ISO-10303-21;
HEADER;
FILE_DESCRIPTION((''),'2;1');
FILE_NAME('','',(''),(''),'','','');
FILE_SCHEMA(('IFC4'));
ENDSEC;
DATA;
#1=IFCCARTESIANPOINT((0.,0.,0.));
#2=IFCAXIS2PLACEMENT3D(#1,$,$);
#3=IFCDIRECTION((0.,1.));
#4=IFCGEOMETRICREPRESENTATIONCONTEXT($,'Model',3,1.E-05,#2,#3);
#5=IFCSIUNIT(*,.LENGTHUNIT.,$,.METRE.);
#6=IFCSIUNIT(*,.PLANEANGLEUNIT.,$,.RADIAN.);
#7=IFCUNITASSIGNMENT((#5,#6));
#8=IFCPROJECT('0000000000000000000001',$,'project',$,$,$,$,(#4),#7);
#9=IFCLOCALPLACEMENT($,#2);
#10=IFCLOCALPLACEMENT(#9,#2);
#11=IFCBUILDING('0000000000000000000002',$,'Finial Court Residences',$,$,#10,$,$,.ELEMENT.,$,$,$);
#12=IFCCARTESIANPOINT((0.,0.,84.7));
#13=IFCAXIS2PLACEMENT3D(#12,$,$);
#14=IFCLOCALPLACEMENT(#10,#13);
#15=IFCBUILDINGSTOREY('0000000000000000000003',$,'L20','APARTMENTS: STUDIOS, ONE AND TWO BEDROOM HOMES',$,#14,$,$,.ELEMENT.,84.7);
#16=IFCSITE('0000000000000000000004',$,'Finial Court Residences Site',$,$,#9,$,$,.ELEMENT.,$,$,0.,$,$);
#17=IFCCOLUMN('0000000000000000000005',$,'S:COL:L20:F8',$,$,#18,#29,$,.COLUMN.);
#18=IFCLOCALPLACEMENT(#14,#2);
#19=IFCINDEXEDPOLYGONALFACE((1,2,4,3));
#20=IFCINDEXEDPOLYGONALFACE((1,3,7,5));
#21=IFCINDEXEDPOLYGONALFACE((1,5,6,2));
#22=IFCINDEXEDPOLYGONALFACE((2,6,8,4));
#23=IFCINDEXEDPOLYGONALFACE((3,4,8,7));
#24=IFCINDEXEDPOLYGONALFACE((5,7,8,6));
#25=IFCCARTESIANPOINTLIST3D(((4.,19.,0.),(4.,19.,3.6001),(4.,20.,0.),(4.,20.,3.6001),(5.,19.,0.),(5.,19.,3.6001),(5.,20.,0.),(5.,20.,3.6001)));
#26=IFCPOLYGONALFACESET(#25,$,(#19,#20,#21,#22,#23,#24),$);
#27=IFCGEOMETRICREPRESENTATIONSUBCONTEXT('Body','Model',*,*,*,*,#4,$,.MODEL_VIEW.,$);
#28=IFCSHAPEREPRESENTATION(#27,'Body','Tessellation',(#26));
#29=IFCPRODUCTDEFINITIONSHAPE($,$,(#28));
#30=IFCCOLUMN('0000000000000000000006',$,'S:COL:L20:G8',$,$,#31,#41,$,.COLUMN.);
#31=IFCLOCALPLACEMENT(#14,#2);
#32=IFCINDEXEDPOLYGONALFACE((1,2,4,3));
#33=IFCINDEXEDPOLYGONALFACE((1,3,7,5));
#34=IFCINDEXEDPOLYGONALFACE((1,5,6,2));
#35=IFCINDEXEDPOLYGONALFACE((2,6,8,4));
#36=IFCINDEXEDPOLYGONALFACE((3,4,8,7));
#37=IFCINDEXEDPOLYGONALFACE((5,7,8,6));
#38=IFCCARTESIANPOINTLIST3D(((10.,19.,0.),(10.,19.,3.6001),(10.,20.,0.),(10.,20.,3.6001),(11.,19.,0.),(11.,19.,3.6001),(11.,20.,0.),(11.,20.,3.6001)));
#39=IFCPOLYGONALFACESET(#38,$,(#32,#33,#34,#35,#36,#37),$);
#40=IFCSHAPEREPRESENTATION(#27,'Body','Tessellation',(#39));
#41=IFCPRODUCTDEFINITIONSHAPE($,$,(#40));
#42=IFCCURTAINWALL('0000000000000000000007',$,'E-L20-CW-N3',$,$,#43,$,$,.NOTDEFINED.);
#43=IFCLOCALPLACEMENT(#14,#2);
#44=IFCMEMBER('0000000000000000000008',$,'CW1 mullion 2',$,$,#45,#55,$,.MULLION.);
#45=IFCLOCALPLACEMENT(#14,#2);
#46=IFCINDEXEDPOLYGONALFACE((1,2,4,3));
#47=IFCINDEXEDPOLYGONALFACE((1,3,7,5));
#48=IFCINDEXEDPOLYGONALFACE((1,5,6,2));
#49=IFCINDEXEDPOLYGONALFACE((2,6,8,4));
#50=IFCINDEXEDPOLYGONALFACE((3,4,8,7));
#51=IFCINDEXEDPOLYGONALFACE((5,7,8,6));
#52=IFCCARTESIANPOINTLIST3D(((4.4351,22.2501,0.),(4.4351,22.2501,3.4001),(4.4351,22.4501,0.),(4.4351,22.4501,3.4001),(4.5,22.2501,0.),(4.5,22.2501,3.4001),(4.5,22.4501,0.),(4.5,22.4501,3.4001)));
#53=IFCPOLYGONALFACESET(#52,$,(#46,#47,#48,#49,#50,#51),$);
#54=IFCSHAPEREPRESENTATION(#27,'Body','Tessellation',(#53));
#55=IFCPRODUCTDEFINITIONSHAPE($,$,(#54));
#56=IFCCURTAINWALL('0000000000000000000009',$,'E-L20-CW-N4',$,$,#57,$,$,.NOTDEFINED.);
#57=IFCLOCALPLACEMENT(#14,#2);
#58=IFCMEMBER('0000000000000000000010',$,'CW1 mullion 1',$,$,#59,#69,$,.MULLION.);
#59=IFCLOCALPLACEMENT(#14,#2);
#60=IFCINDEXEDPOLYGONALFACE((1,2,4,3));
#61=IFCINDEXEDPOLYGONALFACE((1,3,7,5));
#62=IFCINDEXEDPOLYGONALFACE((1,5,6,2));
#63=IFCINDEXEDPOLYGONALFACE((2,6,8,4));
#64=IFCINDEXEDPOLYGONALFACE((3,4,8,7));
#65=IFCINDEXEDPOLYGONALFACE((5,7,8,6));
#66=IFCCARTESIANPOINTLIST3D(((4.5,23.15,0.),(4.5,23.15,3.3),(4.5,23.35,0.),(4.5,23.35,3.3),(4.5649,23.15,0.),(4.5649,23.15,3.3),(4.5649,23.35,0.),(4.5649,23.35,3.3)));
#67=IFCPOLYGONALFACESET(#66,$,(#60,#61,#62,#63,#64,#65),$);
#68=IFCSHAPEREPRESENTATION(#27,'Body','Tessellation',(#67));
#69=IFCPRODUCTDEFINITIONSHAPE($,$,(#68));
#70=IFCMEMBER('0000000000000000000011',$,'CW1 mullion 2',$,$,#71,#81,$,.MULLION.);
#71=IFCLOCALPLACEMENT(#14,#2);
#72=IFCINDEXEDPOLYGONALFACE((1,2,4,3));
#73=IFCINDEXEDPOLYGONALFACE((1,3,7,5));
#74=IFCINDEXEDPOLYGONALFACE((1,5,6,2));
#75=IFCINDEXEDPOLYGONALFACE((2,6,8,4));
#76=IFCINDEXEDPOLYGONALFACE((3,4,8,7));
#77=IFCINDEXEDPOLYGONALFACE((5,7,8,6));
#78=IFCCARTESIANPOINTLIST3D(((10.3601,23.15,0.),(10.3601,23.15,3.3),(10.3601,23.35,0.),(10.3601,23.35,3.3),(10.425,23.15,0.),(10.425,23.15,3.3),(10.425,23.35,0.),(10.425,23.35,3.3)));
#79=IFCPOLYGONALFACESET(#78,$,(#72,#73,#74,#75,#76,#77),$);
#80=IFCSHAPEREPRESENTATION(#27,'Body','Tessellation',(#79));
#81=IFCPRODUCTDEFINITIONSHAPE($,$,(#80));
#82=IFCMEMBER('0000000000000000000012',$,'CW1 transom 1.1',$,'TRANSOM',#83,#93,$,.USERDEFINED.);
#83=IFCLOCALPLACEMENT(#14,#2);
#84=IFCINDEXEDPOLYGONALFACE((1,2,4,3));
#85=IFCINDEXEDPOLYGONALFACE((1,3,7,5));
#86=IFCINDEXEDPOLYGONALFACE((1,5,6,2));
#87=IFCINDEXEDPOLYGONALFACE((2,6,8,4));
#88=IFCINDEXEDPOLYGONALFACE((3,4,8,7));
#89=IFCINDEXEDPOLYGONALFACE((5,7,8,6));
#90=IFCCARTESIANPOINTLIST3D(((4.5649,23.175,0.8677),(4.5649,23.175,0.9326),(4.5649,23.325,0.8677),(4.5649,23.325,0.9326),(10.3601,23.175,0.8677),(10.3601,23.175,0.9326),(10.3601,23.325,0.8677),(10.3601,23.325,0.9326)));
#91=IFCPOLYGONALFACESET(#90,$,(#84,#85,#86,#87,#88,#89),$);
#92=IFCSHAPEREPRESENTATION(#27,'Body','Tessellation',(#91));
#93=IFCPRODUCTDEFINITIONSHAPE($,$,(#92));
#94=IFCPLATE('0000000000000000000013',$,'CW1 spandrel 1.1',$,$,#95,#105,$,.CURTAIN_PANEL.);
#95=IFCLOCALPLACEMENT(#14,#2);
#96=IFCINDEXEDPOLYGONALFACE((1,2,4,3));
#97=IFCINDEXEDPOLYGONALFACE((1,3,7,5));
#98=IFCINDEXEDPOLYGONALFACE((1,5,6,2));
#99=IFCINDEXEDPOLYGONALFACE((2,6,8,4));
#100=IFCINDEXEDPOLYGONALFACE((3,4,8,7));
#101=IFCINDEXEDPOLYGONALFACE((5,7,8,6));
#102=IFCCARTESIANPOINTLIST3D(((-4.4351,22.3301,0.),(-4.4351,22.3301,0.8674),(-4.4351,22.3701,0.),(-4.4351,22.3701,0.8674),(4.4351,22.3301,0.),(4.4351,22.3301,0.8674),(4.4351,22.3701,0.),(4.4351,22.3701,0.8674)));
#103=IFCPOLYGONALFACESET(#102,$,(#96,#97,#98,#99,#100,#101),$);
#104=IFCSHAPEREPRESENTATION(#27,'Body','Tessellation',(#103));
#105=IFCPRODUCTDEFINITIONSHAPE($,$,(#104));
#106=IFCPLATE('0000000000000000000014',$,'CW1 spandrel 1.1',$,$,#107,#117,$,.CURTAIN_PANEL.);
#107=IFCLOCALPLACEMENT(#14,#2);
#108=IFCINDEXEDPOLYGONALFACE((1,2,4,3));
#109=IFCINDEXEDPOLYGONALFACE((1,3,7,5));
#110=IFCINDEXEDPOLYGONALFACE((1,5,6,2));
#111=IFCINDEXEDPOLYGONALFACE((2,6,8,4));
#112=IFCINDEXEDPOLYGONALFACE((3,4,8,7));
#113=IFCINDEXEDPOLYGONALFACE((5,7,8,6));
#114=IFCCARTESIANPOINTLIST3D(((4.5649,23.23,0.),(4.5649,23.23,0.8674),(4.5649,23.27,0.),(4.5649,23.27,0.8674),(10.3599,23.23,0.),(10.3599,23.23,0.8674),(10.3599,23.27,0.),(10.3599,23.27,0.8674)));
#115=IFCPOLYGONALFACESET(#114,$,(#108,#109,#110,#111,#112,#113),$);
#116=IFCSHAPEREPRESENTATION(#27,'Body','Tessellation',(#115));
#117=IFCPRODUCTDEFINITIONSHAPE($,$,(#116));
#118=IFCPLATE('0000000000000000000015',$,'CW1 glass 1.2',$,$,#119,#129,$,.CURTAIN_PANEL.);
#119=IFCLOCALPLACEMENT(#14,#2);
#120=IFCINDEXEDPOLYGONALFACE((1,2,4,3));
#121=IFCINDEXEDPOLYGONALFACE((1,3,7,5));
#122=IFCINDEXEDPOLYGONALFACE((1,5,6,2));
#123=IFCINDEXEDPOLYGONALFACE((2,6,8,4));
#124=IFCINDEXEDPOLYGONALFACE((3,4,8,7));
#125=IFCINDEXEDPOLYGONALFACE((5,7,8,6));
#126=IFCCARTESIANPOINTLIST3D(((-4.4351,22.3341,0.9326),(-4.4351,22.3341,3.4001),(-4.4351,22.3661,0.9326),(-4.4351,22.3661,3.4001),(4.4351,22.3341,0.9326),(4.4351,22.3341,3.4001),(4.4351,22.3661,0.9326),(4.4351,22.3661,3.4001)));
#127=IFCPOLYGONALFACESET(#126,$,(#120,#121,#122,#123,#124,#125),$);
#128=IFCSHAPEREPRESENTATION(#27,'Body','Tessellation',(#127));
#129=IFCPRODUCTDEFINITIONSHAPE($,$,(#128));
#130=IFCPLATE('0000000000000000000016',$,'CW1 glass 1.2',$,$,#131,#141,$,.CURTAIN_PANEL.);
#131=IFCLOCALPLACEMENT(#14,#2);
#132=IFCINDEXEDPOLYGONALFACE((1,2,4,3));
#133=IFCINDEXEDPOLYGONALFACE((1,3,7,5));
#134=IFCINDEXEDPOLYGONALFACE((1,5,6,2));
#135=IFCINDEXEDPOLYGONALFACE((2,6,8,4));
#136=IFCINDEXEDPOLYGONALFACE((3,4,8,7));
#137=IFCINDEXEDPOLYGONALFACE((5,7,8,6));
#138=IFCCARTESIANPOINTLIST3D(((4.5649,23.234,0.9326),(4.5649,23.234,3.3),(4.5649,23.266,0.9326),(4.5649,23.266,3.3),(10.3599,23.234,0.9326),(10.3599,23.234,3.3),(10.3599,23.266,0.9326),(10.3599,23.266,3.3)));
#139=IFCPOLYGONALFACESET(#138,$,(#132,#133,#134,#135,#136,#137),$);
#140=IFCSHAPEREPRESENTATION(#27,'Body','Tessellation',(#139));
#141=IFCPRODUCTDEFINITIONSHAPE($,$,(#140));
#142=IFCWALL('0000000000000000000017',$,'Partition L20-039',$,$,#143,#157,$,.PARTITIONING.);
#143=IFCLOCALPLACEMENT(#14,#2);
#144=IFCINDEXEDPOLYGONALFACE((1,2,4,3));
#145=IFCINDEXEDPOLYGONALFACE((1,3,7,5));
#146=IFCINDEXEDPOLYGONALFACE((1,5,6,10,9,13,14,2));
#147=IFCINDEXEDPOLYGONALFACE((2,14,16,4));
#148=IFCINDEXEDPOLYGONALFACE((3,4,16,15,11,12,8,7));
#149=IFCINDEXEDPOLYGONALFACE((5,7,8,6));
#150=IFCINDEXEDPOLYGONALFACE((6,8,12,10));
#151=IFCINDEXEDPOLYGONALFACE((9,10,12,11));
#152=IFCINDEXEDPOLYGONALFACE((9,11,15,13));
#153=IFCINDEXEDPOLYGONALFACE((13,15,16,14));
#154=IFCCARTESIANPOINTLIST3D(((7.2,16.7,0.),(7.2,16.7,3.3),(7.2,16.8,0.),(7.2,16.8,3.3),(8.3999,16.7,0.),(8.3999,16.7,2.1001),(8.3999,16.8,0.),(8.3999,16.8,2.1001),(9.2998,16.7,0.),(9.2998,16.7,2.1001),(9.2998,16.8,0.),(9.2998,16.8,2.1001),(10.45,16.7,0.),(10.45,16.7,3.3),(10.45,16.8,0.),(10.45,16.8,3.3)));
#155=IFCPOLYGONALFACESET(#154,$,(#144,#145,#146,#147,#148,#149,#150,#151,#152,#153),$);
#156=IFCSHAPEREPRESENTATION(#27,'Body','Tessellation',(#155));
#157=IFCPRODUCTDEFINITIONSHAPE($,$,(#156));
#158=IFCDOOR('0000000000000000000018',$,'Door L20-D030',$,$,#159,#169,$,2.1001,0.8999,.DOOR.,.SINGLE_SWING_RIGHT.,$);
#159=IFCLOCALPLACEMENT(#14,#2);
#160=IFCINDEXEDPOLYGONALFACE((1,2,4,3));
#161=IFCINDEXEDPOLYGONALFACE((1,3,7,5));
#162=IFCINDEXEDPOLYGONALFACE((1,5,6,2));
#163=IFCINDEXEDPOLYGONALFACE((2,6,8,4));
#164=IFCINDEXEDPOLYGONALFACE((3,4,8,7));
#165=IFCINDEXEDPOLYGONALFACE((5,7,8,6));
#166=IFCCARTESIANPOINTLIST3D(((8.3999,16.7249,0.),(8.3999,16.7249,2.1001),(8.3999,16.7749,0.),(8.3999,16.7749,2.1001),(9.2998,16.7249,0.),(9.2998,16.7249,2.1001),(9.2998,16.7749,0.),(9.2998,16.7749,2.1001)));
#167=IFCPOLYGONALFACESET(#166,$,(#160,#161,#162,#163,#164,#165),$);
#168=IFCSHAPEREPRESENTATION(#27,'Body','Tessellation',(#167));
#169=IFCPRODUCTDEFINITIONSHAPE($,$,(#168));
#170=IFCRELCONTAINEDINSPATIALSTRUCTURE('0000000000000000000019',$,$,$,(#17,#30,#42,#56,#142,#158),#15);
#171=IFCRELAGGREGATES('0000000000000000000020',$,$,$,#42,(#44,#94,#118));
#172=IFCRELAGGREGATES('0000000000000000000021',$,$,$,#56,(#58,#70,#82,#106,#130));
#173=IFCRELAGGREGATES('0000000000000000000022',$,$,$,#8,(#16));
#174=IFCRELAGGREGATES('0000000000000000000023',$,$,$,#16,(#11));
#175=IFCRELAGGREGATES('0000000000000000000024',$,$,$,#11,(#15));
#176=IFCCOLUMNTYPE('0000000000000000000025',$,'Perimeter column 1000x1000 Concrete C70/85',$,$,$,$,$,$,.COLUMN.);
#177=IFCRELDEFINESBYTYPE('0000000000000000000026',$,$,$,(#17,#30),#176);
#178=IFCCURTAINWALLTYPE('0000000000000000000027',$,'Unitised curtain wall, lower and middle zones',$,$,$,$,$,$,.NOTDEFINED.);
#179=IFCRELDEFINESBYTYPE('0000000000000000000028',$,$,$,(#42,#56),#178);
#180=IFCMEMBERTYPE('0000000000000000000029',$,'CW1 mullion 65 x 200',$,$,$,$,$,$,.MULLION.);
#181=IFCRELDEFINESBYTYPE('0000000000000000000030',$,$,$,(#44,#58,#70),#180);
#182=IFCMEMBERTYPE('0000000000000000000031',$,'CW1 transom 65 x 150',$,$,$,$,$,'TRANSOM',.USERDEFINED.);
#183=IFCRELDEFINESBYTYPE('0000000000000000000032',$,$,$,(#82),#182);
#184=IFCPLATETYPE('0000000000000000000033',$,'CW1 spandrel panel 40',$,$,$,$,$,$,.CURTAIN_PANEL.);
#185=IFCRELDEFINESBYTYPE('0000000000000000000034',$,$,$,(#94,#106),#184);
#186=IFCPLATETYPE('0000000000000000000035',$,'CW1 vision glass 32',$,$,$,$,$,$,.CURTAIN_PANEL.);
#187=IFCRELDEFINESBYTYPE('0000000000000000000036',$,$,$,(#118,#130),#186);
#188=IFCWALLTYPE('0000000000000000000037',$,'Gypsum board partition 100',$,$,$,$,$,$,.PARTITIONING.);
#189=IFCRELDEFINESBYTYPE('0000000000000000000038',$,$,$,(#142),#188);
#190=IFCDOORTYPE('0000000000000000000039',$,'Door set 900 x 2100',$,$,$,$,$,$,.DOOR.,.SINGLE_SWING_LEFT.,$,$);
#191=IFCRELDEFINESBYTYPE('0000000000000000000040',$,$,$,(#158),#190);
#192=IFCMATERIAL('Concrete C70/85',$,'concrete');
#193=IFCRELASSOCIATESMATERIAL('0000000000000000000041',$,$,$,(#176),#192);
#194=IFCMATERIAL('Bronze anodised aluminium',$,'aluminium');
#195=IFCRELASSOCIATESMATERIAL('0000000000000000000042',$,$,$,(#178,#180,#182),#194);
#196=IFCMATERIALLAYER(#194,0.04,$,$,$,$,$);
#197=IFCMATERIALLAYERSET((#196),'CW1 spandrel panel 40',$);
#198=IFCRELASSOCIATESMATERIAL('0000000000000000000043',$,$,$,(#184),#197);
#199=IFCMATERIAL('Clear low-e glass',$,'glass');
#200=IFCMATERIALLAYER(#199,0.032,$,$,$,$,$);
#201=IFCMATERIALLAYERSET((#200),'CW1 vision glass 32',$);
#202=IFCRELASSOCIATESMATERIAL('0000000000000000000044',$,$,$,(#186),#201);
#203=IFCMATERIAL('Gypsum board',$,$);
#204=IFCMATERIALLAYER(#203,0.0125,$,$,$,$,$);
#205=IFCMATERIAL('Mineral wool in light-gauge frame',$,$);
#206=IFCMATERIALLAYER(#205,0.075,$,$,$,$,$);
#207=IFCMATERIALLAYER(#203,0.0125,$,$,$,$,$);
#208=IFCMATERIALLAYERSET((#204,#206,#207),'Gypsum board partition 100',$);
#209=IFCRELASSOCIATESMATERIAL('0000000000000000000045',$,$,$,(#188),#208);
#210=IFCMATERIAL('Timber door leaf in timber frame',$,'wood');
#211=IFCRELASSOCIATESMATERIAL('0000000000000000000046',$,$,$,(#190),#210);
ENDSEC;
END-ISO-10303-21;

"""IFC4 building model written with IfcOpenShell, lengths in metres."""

from ifc_helpers import new_model, si_unit, direction, frame, frame_2d, origin, origin_2d, place, context, subcontext, project, spatial, rectangle, extrude, material, layer, layer_set, material_profile, profile_set, type_object, element, fill, aggregate, save


model = new_model("IFC4")

# Units and contexts
model_context = context("Model", 3, precision=1e-05, world=origin(), true_north=direction((0.0, 1.0)))
body_context = subcontext(model_context, "Body", "Model", "MODEL_VIEW")
ifc_project = project(units=[si_unit("LENGTHUNIT", "METRE"), si_unit("PLANEANGLEUNIT", "RADIAN")], contexts=[model_context])

# Site, building, storey
site_placement = place(None, origin())
site = spatial("IfcSite", under=ifc_project, at=site_placement, Name="Finial Court Residences Site", CompositionType="ELEMENT", RefElevation=0.0)
building_placement = place(site_placement, origin())
building = spatial("IfcBuilding", under=site, at=building_placement, Name="Finial Court Residences", CompositionType="ELEMENT")
storey_placement = place(building_placement, frame((0.0, 0.0, 84.7)))
storey = spatial("IfcBuildingStorey", under=building, at=storey_placement, Name="L20", Description="APARTMENTS: STUDIOS, ONE AND TWO BEDROOM HOMES", CompositionType="ELEMENT", Elevation=84.7)

# Columns
ifc_material_1 = material(Name="Concrete C70/85", Category="concrete")
ifc_material_profile_1 = material_profile(ifc_material_1, rectangle(XDim=1.0, YDim=1.0, at=origin_2d()), Name="1000x1000")
ifc_profile_set_1 = profile_set([ifc_material_profile_1], Name="Concrete C70/85")
column_type = type_object("IfcColumnType", Name="Perimeter column 1000x1000 Concrete C70/85", PredefinedType="COLUMN", material=ifc_profile_set_1)
for number, where, z_axis, x_axis, name in (
    (1, (4.5, 19.5, 0.0), (0.0, 0.0, 1.0), (1.0, 0.0, 0.0), "S:COL:L20:F8"),
    (2, (10.5, 19.5, 0.0), (0.0, 0.0, 1.0), (1.0, 0.0, 0.0), "S:COL:L20:G8"),
):
    element("IfcColumn", number, at=place(storey_placement, frame(where, z_axis=z_axis, x_axis=x_axis)), inside=storey, type_object=column_type, Name=name, PredefinedType="COLUMN", context=body_context, shape_type="SweptSolid", body=[
        extrude(rectangle(XDim=1.0, YDim=1.0, at=origin_2d()), origin(), (0.0, 0.0, 1.0), 3.6001),
    ])

# Curtain wall, member
ifc_material_2 = material(Name="Bronze anodised aluminium", Category="aluminium")
curtain_wall_type = type_object("IfcCurtainWallType", Name="Unitised curtain wall, lower and middle zones", PredefinedType="NOTDEFINED", material=ifc_material_2)
curtain_wall_1_placement = place(storey_placement, origin())
curtain_wall_1 = element("IfcCurtainWall", 3, at=curtain_wall_1_placement, inside=storey, type_object=curtain_wall_type, Name="E-L20-CW-N3", PredefinedType="NOTDEFINED")
ifc_material_profile_2 = material_profile(ifc_material_2, rectangle(XDim=0.2, YDim=0.0649, at=origin_2d()), Name="CW1 mullion 65 x 200")
ifc_profile_set_2 = profile_set([ifc_material_profile_2], Name="Bronze anodised aluminium")
member_type_1 = type_object("IfcMemberType", Name="CW1 mullion 65 x 200", PredefinedType="MULLION", material=ifc_profile_set_2)
member_1_placement = place(storey_placement, frame((4.4675, 22.3501, 0.0), z_axis=(0.0, 0.0, 1.0), x_axis=(0.0, 1.0, 0.0)))
member_1 = element("IfcMember", 4, at=member_1_placement, type_object=member_type_1, Name="CW1 mullion 2", PredefinedType="MULLION", context=body_context, shape_type="SweptSolid", body=[
    extrude(rectangle(XDim=0.2, YDim=0.0649, at=origin_2d()), origin(), (0.0, 0.0, 1.0), 3.4001),
])

# Curtain wall, members
curtain_wall_2_placement = place(storey_placement, origin())
curtain_wall_2 = element("IfcCurtainWall", 5, at=curtain_wall_2_placement, inside=storey, type_object=curtain_wall_type, Name="E-L20-CW-N4", PredefinedType="NOTDEFINED")
member_2_placement = place(storey_placement, frame((4.5325, 23.25, 0.0), z_axis=(0.0, 0.0, 1.0), x_axis=(0.0, 1.0, 0.0)))
member_2 = element("IfcMember", 6, at=member_2_placement, type_object=member_type_1, Name="CW1 mullion 1", PredefinedType="MULLION", context=body_context, shape_type="SweptSolid", body=[
    extrude(rectangle(XDim=0.2, YDim=0.0649, at=origin_2d()), origin(), (0.0, 0.0, 1.0), 3.3),
])
member_3_placement = place(storey_placement, frame((10.3926, 23.25, 0.0), z_axis=(0.0, 0.0, 1.0), x_axis=(0.0, 1.0, 0.0)))
member_3 = element("IfcMember", 7, at=member_3_placement, type_object=member_type_1, Name="CW1 mullion 2", PredefinedType="MULLION", context=body_context, shape_type="SweptSolid", body=[
    extrude(rectangle(XDim=0.2, YDim=0.0649, at=origin_2d()), origin(), (0.0, 0.0, 1.0), 3.3),
])
ifc_material_profile_3 = material_profile(ifc_material_2, rectangle(XDim=0.1499, YDim=0.0649, at=origin_2d()), Name="CW1 transom 65 x 150")
ifc_profile_set_3 = profile_set([ifc_material_profile_3], Name="Bronze anodised aluminium")
member_type_2 = type_object("IfcMemberType", Name="CW1 transom 65 x 150", ElementType="TRANSOM", PredefinedType="USERDEFINED", material=ifc_profile_set_3)
member_4_placement = place(storey_placement, frame((4.5649, 23.25, 0.9001), z_axis=(1.0, 0.0, 0.0), x_axis=(0.0, 1.0, 0.0)))
member_4 = element("IfcMember", 8, at=member_4_placement, type_object=member_type_2, Name="CW1 transom 1.1", ObjectType="TRANSOM", PredefinedType="USERDEFINED", context=body_context, shape_type="SweptSolid", body=[
    extrude(rectangle(XDim=0.1499, YDim=0.0649, at=origin_2d()), origin(), (0.0, 0.0, 1.0), 5.7952),
])

# Plates
ifc_layer_1 = layer(ifc_material_2, 0.04)
ifc_layer_set_1 = layer_set([ifc_layer_1], Name="CW1 spandrel panel 40")
plate_type_1 = type_object("IfcPlateType", Name="CW1 spandrel panel 40", PredefinedType="CURTAIN_PANEL", material=ifc_layer_set_1)
plate_1_placement = place(storey_placement, frame((0.0, 22.3501, 0.0), z_axis=(0.0, 0.0, 1.0), x_axis=(1.0, 0.0, 0.0)))
plate_1 = element("IfcPlate", 9, at=plate_1_placement, type_object=plate_type_1, Name="CW1 spandrel 1.1", PredefinedType="CURTAIN_PANEL", context=body_context, shape_type="SweptSolid", body=[
    extrude(rectangle(XDim=8.8701, YDim=0.04, at=origin_2d()), origin(), (0.0, 0.0, 1.0), 0.8674),
])
plate_2_placement = place(storey_placement, frame((7.4624, 23.25, 0.0), z_axis=(0.0, 0.0, 1.0), x_axis=(1.0, 0.0, 0.0)))
plate_2 = element("IfcPlate", 10, at=plate_2_placement, type_object=plate_type_1, Name="CW1 spandrel 1.1", PredefinedType="CURTAIN_PANEL", context=body_context, shape_type="SweptSolid", body=[
    extrude(rectangle(XDim=5.7949, YDim=0.04, at=origin_2d()), origin(), (0.0, 0.0, 1.0), 0.8674),
])
ifc_material_3 = material(Name="Clear low-e glass", Category="glass")
ifc_layer_2 = layer(ifc_material_3, 0.032)
ifc_layer_set_2 = layer_set([ifc_layer_2], Name="CW1 vision glass 32")
plate_type_2 = type_object("IfcPlateType", Name="CW1 vision glass 32", PredefinedType="CURTAIN_PANEL", material=ifc_layer_set_2)
plate_3_placement = place(storey_placement, frame((0.0, 22.3501, 0.9326), z_axis=(0.0, 0.0, 1.0), x_axis=(1.0, 0.0, 0.0)))
plate_3 = element("IfcPlate", 11, at=plate_3_placement, type_object=plate_type_2, Name="CW1 glass 1.2", PredefinedType="CURTAIN_PANEL", context=body_context, shape_type="SweptSolid", body=[
    extrude(rectangle(XDim=8.8701, YDim=0.032, at=origin_2d()), origin(), (0.0, 0.0, 1.0), 2.4675),
])
aggregate(curtain_wall_1, [member_1, plate_1, plate_3])
plate_4_placement = place(storey_placement, frame((7.4624, 23.25, 0.9326), z_axis=(0.0, 0.0, 1.0), x_axis=(1.0, 0.0, 0.0)))
plate_4 = element("IfcPlate", 12, at=plate_4_placement, type_object=plate_type_2, Name="CW1 glass 1.2", PredefinedType="CURTAIN_PANEL", context=body_context, shape_type="SweptSolid", body=[
    extrude(rectangle(XDim=5.7949, YDim=0.032, at=origin_2d()), origin(), (0.0, 0.0, 1.0), 2.3674),
])
aggregate(curtain_wall_2, [member_2, member_3, member_4, plate_2, plate_4])

# Wall, opening, door
ifc_material_4 = material(Name="Gypsum board")
ifc_layer_3 = layer(ifc_material_4, 0.0125)
ifc_material_5 = material(Name="Mineral wool in light-gauge frame")
ifc_layer_4 = layer(ifc_material_5, 0.075)
ifc_layer_5 = layer(ifc_material_4, 0.0125)
ifc_layer_set_3 = layer_set([ifc_layer_3, ifc_layer_4, ifc_layer_5], Name="Gypsum board partition 100")
wall_type_1 = type_object("IfcWallType", Name="Gypsum board partition 100", PredefinedType="PARTITIONING", material=ifc_layer_set_3)
wall_1_placement = place(storey_placement, frame((7.2, 16.75, 0.0), z_axis=(0.0, 0.0, 1.0), x_axis=(1.0, 0.0, 0.0)))
wall_1 = element("IfcWall", 13, at=wall_1_placement, inside=storey, type_object=wall_type_1, Name="Partition L20-039", PredefinedType="PARTITIONING", context=body_context, shape_type="SweptSolid", body=[
    extrude(rectangle(XDim=3.25, YDim=0.1001, at=frame_2d((1.625, 0.0))), origin(), (0.0, 0.0, 1.0), 3.3),
])
opening_1_placement = place(wall_1_placement, frame((1.2, 0.0, 0.0)))
opening_1 = element("IfcOpeningElement", 14, at=opening_1_placement, cuts=wall_1, PredefinedType="OPENING", context=body_context, shape_type="SweptSolid", body=[
    extrude(rectangle(XDim=0.8999, YDim=2.1001, at=frame_2d((0.45, 1.05))), frame((0.0, 0.0601, 0.0), z_axis=(0.0, -1.0, 0.0), x_axis=(1.0, 0.0, 0.0)), (0.0, 0.0, 1.0), 0.1201),
])
ifc_material_6 = material(Name="Timber door leaf in timber frame", Category="wood")
door_type_1 = type_object("IfcDoorType", Name="Door set 900 x 2100", OperationType="SINGLE_SWING_LEFT", PredefinedType="DOOR", material=ifc_material_6)
door_1_placement = place(opening_1_placement, origin())
door_1 = element("IfcDoor", 15, at=door_1_placement, inside=storey, type_object=door_type_1, Name="Door L20-D030", OperationType="SINGLE_SWING_RIGHT", OverallHeight=2.1001, OverallWidth=0.8999, PredefinedType="DOOR", context=body_context, shape_type="SweptSolid", body=[
    extrude(rectangle(XDim=0.8999, YDim=2.1001, at=frame_2d((0.45, 1.05))), frame((0.0, 0.0249, 0.0), z_axis=(0.0, -1.0, 0.0), x_axis=(1.0, 0.0, 0.0)), (0.0, 0.0, 1.0), 0.05),
])
fill(opening_1, door_1)

save(model, "model.ifc")
